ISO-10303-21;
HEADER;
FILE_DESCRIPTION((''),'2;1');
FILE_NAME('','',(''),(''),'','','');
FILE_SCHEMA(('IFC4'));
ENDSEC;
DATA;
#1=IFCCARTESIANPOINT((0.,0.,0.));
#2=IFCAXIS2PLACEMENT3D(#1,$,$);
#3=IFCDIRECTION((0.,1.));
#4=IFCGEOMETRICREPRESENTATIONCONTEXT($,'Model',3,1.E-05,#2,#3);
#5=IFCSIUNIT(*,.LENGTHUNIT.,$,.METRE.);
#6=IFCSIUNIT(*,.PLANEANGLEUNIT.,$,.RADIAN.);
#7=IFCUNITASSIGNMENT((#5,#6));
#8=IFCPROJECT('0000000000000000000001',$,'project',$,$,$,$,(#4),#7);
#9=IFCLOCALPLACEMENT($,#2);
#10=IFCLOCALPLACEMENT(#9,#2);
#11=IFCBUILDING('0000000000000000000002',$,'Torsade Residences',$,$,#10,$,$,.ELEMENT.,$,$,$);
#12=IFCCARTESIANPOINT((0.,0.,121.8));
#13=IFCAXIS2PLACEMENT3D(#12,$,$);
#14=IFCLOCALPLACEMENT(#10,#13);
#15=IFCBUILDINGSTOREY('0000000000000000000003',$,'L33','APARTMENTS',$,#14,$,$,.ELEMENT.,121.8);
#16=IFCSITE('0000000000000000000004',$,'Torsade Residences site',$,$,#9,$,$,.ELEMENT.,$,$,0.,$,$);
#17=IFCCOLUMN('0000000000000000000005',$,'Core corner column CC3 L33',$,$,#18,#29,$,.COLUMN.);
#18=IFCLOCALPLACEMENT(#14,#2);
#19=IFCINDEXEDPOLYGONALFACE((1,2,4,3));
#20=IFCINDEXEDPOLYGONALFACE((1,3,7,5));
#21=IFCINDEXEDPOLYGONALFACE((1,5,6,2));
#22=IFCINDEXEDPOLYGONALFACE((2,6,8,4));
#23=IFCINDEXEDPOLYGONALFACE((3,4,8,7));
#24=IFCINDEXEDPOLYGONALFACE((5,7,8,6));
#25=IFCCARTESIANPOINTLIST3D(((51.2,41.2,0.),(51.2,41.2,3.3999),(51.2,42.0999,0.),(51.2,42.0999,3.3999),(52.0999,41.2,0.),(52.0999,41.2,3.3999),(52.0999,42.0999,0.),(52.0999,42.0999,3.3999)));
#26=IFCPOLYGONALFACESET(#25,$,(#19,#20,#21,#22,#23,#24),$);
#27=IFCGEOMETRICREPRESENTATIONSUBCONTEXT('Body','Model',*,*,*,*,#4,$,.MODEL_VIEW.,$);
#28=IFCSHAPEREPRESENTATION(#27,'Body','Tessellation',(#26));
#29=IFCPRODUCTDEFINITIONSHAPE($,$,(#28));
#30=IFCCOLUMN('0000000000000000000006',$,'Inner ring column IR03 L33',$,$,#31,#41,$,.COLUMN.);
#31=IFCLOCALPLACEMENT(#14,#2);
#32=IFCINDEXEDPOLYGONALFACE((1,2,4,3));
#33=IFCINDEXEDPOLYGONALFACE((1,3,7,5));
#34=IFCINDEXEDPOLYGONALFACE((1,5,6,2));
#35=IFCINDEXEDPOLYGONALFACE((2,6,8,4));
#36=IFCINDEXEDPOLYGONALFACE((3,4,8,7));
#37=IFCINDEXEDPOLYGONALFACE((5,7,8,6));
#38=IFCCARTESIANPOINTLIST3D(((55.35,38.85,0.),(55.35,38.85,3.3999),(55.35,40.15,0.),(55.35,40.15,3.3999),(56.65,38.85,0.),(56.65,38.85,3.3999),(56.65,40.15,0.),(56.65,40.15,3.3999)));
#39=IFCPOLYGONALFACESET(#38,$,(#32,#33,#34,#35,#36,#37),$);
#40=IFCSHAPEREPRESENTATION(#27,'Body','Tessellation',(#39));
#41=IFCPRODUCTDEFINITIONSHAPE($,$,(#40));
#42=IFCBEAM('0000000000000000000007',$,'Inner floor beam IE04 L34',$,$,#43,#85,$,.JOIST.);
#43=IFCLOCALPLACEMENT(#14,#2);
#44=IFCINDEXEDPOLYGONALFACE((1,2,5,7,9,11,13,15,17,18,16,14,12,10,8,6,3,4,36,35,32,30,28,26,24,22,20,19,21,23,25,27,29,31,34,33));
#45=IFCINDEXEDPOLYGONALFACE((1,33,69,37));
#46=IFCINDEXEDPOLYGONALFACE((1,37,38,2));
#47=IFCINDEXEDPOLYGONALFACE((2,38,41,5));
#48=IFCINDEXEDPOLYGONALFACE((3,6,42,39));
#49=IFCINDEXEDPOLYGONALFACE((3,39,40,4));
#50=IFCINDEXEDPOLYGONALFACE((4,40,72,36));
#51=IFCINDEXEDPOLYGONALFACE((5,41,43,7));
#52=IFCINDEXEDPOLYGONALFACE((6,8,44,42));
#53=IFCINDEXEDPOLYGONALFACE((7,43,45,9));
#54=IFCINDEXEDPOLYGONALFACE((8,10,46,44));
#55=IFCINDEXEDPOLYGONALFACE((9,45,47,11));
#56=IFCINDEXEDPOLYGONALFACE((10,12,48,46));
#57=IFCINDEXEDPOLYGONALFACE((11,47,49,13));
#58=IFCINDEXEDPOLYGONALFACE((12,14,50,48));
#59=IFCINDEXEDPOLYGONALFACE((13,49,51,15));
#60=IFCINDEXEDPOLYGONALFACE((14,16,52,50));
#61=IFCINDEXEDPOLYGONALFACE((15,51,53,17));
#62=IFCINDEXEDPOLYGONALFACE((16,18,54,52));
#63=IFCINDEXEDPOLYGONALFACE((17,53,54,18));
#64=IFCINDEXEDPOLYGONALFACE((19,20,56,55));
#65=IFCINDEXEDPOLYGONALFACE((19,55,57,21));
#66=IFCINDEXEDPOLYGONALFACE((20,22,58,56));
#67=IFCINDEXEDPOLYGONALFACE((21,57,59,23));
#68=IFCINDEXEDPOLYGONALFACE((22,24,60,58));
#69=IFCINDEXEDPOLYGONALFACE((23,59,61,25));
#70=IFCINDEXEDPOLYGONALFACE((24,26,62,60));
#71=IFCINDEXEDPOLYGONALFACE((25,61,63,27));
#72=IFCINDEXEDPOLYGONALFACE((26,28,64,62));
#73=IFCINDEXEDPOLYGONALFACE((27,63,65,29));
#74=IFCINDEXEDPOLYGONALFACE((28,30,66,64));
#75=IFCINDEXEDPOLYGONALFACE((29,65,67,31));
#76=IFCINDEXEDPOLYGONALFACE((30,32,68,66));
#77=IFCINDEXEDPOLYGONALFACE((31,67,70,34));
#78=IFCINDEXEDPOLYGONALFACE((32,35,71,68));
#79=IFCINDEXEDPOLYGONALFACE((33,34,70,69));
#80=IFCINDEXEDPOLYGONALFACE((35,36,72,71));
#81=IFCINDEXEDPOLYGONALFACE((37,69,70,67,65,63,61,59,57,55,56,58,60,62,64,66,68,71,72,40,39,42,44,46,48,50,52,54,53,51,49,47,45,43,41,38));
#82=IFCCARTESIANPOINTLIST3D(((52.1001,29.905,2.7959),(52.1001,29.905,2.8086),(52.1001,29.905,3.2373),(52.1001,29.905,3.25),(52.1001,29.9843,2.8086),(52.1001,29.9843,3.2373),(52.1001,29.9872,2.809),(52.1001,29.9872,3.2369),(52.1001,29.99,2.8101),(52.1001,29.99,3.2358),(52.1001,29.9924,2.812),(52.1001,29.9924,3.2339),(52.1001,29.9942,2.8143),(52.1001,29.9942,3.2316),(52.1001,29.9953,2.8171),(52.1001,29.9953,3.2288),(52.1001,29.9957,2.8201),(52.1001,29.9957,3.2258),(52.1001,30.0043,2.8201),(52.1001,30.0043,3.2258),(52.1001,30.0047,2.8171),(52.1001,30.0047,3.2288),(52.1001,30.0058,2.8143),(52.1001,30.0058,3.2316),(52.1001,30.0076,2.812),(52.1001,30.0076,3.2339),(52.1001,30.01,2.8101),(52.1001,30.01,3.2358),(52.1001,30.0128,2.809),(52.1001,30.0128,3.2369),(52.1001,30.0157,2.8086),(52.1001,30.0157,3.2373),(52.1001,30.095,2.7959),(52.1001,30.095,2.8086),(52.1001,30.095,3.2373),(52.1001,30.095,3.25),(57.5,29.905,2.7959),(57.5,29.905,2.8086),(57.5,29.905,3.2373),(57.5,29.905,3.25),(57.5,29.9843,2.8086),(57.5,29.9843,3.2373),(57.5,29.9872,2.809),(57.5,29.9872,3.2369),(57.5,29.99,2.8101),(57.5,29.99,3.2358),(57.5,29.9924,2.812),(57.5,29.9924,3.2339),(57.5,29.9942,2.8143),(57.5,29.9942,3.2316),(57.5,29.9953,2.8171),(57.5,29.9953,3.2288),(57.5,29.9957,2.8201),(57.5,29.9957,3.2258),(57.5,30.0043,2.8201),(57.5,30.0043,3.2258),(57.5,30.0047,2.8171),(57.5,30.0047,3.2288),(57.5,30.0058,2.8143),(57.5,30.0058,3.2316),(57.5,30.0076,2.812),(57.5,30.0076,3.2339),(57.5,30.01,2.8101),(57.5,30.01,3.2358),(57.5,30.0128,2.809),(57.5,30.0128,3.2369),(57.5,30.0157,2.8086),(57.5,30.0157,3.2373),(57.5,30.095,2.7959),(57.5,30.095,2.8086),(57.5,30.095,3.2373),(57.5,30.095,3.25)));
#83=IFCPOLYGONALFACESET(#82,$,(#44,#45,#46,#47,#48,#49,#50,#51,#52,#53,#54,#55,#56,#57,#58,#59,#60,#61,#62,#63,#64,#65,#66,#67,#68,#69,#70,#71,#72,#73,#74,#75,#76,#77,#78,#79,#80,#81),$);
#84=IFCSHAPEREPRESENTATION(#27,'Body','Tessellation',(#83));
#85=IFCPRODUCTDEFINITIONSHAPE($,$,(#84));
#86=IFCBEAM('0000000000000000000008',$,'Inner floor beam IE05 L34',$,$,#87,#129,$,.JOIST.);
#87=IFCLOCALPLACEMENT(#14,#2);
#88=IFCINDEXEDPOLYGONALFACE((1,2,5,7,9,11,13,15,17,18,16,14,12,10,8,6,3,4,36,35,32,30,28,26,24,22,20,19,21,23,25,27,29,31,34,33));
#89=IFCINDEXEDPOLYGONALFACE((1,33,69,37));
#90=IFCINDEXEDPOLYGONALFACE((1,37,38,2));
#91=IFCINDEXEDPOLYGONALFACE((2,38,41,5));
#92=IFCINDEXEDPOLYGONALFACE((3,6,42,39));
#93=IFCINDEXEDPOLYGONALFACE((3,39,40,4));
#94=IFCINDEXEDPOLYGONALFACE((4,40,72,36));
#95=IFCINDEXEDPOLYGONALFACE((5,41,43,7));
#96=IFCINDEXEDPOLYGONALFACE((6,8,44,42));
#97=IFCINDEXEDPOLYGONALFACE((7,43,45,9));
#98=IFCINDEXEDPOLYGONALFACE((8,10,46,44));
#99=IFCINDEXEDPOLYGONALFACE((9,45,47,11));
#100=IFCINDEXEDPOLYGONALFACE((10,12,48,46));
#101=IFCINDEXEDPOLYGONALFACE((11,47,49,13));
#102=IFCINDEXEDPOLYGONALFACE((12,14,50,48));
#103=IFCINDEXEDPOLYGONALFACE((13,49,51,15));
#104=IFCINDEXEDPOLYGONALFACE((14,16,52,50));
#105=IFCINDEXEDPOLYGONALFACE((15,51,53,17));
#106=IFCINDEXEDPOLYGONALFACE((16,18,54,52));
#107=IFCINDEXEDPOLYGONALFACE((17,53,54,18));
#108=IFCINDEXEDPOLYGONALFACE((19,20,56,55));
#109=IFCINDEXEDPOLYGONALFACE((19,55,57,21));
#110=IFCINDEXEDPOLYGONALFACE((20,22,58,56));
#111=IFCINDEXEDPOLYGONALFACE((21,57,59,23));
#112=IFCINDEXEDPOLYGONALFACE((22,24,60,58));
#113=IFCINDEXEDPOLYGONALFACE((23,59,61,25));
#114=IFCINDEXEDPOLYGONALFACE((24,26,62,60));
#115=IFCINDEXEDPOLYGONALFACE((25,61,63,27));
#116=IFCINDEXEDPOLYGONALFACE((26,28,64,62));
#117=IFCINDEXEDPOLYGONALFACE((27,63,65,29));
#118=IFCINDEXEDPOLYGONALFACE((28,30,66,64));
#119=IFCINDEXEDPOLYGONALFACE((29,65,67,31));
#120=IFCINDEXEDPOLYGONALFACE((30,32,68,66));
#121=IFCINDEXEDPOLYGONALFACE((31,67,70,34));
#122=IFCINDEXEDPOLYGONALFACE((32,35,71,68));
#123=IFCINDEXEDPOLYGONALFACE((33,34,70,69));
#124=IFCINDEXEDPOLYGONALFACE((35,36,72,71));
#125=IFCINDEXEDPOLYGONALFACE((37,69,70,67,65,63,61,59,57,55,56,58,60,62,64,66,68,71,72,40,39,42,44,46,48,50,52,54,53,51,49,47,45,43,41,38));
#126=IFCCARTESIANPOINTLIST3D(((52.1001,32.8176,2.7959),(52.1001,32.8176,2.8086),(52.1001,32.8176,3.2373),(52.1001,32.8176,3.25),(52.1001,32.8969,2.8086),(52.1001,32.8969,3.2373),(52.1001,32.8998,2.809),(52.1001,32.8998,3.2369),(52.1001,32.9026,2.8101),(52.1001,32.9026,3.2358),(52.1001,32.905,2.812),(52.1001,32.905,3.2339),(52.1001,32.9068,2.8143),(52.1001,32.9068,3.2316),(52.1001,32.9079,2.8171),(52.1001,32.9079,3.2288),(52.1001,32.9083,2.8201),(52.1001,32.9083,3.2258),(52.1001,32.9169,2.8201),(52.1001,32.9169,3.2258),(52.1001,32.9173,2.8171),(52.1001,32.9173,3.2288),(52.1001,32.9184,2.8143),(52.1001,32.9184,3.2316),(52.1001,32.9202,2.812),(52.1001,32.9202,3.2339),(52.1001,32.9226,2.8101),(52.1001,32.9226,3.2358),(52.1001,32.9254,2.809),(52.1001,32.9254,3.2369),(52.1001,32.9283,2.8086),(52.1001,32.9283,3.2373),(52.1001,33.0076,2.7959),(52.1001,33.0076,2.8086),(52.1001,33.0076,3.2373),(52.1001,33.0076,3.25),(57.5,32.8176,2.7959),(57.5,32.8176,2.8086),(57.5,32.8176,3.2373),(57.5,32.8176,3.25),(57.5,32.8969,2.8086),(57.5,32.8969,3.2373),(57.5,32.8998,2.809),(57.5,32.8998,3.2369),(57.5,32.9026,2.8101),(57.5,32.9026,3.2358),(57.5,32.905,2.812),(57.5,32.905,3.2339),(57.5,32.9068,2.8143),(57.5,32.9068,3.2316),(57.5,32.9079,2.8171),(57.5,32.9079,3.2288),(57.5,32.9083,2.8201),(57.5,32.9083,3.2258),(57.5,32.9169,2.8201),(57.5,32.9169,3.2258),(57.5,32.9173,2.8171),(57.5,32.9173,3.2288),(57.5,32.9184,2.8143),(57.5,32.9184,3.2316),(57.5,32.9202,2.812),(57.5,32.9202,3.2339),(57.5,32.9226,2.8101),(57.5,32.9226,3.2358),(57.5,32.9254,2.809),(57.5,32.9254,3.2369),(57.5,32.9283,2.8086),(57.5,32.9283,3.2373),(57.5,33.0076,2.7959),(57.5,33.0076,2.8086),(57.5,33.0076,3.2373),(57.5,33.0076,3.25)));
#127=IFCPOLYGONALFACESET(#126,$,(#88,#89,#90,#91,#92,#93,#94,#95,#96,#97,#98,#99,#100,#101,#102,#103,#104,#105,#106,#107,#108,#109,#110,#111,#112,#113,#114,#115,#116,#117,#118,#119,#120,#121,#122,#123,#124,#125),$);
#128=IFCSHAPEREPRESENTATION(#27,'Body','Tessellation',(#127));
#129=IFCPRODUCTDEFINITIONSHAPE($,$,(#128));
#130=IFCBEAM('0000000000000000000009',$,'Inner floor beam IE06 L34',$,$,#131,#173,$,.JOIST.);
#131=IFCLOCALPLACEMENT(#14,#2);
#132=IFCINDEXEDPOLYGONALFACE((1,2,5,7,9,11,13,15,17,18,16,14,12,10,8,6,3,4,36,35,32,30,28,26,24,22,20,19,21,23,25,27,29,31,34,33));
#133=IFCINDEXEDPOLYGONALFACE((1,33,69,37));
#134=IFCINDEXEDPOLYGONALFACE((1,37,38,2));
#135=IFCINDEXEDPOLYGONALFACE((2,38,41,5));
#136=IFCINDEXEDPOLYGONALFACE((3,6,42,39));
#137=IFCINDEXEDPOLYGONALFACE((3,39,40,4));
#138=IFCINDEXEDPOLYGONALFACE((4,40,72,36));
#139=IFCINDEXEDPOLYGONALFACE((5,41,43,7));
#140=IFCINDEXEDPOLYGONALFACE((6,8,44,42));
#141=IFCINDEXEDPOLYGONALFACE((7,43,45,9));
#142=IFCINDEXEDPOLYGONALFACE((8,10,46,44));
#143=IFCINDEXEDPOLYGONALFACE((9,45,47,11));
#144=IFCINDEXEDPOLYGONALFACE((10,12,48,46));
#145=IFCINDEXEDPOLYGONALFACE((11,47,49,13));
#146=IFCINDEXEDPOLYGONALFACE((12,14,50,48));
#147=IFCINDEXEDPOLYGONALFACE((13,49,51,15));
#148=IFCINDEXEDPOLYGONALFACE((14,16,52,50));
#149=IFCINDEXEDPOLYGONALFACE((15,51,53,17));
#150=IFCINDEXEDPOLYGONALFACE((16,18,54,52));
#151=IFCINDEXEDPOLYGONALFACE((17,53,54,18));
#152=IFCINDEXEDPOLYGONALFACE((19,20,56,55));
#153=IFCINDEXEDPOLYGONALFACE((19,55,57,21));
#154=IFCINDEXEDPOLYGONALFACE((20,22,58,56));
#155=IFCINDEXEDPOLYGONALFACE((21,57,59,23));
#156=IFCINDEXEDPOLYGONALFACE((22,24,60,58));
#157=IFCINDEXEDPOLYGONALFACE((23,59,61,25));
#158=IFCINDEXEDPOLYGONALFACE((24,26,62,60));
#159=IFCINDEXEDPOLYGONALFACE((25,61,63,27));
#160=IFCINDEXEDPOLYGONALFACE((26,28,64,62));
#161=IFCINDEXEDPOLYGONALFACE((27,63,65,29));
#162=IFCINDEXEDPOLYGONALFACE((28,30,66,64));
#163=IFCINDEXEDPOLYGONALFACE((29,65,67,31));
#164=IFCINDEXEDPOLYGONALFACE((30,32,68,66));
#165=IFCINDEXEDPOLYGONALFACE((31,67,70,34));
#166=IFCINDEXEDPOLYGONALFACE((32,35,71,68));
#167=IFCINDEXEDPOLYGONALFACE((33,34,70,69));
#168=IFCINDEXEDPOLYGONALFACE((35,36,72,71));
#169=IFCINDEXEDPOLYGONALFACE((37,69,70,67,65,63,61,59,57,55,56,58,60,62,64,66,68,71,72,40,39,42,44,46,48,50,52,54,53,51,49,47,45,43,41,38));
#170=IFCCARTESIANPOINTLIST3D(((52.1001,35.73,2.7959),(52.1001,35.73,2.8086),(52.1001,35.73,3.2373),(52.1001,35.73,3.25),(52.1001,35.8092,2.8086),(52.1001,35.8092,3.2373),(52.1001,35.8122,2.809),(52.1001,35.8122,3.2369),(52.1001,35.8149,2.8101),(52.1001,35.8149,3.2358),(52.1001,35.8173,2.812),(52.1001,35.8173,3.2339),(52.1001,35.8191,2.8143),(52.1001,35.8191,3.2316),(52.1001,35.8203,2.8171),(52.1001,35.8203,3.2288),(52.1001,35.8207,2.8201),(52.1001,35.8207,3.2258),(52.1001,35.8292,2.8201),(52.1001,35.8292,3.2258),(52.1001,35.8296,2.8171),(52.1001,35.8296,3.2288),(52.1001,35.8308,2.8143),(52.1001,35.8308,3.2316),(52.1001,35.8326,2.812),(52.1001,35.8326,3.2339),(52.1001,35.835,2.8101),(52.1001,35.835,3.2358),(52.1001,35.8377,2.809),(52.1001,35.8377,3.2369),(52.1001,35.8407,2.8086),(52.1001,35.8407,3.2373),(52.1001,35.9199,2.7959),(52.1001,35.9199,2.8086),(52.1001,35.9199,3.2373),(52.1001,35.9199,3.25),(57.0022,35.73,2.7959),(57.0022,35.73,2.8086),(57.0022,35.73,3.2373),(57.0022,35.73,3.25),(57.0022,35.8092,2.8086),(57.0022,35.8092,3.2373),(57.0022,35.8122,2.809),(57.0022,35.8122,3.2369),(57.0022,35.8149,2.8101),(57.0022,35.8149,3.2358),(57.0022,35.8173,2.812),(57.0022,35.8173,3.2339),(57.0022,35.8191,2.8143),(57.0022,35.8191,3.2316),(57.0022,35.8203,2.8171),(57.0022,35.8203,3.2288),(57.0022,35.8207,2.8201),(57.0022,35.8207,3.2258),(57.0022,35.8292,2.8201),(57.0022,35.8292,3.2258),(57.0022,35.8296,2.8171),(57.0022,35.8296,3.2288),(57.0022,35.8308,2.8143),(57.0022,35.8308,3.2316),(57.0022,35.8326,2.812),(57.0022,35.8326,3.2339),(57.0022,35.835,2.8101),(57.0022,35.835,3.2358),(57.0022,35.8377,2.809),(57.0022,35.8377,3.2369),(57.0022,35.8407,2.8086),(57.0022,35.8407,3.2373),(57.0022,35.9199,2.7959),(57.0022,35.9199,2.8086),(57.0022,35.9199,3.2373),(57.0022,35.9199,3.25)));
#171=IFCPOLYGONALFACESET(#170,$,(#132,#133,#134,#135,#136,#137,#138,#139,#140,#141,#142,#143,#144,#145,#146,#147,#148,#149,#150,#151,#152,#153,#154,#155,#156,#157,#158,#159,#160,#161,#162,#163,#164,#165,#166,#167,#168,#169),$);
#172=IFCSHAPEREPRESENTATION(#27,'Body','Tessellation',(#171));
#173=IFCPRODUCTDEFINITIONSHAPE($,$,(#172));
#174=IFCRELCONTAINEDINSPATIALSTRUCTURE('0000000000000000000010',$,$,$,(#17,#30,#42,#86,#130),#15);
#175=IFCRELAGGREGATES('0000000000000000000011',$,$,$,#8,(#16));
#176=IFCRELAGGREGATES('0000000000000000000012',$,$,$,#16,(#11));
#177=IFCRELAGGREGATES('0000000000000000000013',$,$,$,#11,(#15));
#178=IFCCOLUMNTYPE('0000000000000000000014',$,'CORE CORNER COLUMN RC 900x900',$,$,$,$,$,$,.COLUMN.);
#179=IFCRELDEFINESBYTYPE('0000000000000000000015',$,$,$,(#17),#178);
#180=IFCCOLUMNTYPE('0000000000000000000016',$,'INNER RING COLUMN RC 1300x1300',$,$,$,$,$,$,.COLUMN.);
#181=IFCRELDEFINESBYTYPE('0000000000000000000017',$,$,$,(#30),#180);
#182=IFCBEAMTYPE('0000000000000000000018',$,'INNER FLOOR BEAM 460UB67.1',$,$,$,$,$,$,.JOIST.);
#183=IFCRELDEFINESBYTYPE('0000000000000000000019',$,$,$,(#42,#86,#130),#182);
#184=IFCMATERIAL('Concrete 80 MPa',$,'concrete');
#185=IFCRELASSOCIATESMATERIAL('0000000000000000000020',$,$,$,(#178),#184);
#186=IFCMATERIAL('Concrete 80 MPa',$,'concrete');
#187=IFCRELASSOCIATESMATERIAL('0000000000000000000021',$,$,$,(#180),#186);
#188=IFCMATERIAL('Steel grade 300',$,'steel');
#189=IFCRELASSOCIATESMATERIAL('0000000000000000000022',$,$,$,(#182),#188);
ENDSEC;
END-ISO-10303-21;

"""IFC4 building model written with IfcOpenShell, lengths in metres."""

from ifc_helpers import new_model, si_unit, direction, frame, origin, origin_2d, place, context, subcontext, project, spatial, rectangle, i_section, extrude, material, material_profile, profile_set, type_object, element, save


model = new_model("IFC4")

# Units and contexts
model_context = context("Model", 3, precision=1e-05, world=origin(), true_north=direction((0.0, 1.0)))
body_context = subcontext(model_context, "Body", "Model", "MODEL_VIEW")
ifc_project = project(units=[si_unit("LENGTHUNIT", "METRE"), si_unit("PLANEANGLEUNIT", "RADIAN")], contexts=[model_context])

# Site, building, storey
site_placement = place(None, origin())
site = spatial("IfcSite", under=ifc_project, at=site_placement, Name="Torsade Residences site", CompositionType="ELEMENT", RefElevation=0.0)
building_placement = place(site_placement, origin())
building = spatial("IfcBuilding", under=site, at=building_placement, Name="Torsade Residences", CompositionType="ELEMENT")
storey_placement = place(building_placement, frame((0.0, 0.0, 121.8)))
storey = spatial("IfcBuildingStorey", under=building, at=storey_placement, Name="L33", Description="APARTMENTS", CompositionType="ELEMENT", Elevation=121.8)

# Columns
ifc_material_1 = material(Name="Concrete 80 MPa", Category="concrete")
ifc_material_profile_1 = material_profile(ifc_material_1, rectangle(XDim=0.8999, YDim=0.8999, at=origin_2d()), Name="RC 900x900")
ifc_profile_set_1 = profile_set([ifc_material_profile_1], Name="Concrete 80 MPa")
column_type_1 = type_object("IfcColumnType", Name="CORE CORNER COLUMN RC 900x900", PredefinedType="COLUMN", material=ifc_profile_set_1)
column_1_placement = place(storey_placement, frame((51.6499, 41.6499, 0.0), z_axis=(0.0, 0.0, 1.0), x_axis=(1.0, 0.0, 0.0)))
element("IfcColumn", 1, at=column_1_placement, inside=storey, type_object=column_type_1, Name="Core corner column CC3 L33", PredefinedType="COLUMN", context=body_context, shape_type="SweptSolid", body=[
    extrude(rectangle(XDim=0.8999, YDim=0.8999, at=origin_2d()), origin(), (0.0, 0.0, 1.0), 3.3999),
])
ifc_material_2 = material(Name="Concrete 80 MPa", Category="concrete")
ifc_material_profile_2 = material_profile(ifc_material_2, rectangle(XDim=1.3, YDim=1.3, at=origin_2d()), Name="RC 1300x1300")
ifc_profile_set_2 = profile_set([ifc_material_profile_2], Name="Concrete 80 MPa")
column_type_2 = type_object("IfcColumnType", Name="INNER RING COLUMN RC 1300x1300", PredefinedType="COLUMN", material=ifc_profile_set_2)
column_2_placement = place(storey_placement, frame((56.0, 39.5, 0.0), z_axis=(0.0, 0.0, 1.0), x_axis=(1.0, 0.0, 0.0)))
element("IfcColumn", 2, at=column_2_placement, inside=storey, type_object=column_type_2, Name="Inner ring column IR03 L33", PredefinedType="COLUMN", context=body_context, shape_type="SweptSolid", body=[
    extrude(rectangle(XDim=1.3, YDim=1.3, at=origin_2d()), origin(), (0.0, 0.0, 1.0), 3.3999),
])

# Beams
ifc_material_3 = material(Name="Steel grade 300", Category="steel")
ifc_material_profile_3 = material_profile(ifc_material_3, i_section(OverallWidth=0.1899, OverallDepth=0.4541, WebThickness=0.0085, FlangeThickness=0.0127, FilletRadius=0.0115, at=origin_2d()), Name="460UB67.1")
ifc_profile_set_3 = profile_set([ifc_material_profile_3], Name="Steel grade 300")
beam_type_1 = type_object("IfcBeamType", Name="INNER FLOOR BEAM 460UB67.1", PredefinedType="JOIST", material=ifc_profile_set_3)
for number, where, z_axis, x_axis, name in (
    (3, (52.1001, 30.0, 3.0229), (1.0, 0.0, 0.0), (0.0, 1.0, 0.0), "Inner floor beam IE04 L34"),
    (4, (52.1001, 32.9126, 3.0229), (1.0, 0.0, 0.0), (0.0, 1.0, 0.0), "Inner floor beam IE05 L34"),
):
    element("IfcBeam", number, at=place(storey_placement, frame(where, z_axis=z_axis, x_axis=x_axis)), inside=storey, type_object=beam_type_1, Name=name, PredefinedType="JOIST", context=body_context, shape_type="SweptSolid", body=[
        extrude(i_section(OverallWidth=0.1899, OverallDepth=0.4541, WebThickness=0.0085, FlangeThickness=0.0127, FilletRadius=0.0115, at=origin_2d()), origin(), (0.0, 0.0, 1.0), 5.3999),
    ])
beam_1_placement = place(storey_placement, frame((52.1001, 35.825, 3.0229), z_axis=(1.0, 0.0, 0.0), x_axis=(0.0, 1.0, 0.0)))
element("IfcBeam", 5, at=beam_1_placement, inside=storey, type_object=beam_type_1, Name="Inner floor beam IE06 L34", PredefinedType="JOIST", context=body_context, shape_type="SweptSolid", body=[
    extrude(i_section(OverallWidth=0.1899, OverallDepth=0.4541, WebThickness=0.0085, FlangeThickness=0.0127, FilletRadius=0.0115, at=origin_2d()), origin(), (0.0, 0.0, 1.0), 4.9021),
])

save(model, "model.ifc")
